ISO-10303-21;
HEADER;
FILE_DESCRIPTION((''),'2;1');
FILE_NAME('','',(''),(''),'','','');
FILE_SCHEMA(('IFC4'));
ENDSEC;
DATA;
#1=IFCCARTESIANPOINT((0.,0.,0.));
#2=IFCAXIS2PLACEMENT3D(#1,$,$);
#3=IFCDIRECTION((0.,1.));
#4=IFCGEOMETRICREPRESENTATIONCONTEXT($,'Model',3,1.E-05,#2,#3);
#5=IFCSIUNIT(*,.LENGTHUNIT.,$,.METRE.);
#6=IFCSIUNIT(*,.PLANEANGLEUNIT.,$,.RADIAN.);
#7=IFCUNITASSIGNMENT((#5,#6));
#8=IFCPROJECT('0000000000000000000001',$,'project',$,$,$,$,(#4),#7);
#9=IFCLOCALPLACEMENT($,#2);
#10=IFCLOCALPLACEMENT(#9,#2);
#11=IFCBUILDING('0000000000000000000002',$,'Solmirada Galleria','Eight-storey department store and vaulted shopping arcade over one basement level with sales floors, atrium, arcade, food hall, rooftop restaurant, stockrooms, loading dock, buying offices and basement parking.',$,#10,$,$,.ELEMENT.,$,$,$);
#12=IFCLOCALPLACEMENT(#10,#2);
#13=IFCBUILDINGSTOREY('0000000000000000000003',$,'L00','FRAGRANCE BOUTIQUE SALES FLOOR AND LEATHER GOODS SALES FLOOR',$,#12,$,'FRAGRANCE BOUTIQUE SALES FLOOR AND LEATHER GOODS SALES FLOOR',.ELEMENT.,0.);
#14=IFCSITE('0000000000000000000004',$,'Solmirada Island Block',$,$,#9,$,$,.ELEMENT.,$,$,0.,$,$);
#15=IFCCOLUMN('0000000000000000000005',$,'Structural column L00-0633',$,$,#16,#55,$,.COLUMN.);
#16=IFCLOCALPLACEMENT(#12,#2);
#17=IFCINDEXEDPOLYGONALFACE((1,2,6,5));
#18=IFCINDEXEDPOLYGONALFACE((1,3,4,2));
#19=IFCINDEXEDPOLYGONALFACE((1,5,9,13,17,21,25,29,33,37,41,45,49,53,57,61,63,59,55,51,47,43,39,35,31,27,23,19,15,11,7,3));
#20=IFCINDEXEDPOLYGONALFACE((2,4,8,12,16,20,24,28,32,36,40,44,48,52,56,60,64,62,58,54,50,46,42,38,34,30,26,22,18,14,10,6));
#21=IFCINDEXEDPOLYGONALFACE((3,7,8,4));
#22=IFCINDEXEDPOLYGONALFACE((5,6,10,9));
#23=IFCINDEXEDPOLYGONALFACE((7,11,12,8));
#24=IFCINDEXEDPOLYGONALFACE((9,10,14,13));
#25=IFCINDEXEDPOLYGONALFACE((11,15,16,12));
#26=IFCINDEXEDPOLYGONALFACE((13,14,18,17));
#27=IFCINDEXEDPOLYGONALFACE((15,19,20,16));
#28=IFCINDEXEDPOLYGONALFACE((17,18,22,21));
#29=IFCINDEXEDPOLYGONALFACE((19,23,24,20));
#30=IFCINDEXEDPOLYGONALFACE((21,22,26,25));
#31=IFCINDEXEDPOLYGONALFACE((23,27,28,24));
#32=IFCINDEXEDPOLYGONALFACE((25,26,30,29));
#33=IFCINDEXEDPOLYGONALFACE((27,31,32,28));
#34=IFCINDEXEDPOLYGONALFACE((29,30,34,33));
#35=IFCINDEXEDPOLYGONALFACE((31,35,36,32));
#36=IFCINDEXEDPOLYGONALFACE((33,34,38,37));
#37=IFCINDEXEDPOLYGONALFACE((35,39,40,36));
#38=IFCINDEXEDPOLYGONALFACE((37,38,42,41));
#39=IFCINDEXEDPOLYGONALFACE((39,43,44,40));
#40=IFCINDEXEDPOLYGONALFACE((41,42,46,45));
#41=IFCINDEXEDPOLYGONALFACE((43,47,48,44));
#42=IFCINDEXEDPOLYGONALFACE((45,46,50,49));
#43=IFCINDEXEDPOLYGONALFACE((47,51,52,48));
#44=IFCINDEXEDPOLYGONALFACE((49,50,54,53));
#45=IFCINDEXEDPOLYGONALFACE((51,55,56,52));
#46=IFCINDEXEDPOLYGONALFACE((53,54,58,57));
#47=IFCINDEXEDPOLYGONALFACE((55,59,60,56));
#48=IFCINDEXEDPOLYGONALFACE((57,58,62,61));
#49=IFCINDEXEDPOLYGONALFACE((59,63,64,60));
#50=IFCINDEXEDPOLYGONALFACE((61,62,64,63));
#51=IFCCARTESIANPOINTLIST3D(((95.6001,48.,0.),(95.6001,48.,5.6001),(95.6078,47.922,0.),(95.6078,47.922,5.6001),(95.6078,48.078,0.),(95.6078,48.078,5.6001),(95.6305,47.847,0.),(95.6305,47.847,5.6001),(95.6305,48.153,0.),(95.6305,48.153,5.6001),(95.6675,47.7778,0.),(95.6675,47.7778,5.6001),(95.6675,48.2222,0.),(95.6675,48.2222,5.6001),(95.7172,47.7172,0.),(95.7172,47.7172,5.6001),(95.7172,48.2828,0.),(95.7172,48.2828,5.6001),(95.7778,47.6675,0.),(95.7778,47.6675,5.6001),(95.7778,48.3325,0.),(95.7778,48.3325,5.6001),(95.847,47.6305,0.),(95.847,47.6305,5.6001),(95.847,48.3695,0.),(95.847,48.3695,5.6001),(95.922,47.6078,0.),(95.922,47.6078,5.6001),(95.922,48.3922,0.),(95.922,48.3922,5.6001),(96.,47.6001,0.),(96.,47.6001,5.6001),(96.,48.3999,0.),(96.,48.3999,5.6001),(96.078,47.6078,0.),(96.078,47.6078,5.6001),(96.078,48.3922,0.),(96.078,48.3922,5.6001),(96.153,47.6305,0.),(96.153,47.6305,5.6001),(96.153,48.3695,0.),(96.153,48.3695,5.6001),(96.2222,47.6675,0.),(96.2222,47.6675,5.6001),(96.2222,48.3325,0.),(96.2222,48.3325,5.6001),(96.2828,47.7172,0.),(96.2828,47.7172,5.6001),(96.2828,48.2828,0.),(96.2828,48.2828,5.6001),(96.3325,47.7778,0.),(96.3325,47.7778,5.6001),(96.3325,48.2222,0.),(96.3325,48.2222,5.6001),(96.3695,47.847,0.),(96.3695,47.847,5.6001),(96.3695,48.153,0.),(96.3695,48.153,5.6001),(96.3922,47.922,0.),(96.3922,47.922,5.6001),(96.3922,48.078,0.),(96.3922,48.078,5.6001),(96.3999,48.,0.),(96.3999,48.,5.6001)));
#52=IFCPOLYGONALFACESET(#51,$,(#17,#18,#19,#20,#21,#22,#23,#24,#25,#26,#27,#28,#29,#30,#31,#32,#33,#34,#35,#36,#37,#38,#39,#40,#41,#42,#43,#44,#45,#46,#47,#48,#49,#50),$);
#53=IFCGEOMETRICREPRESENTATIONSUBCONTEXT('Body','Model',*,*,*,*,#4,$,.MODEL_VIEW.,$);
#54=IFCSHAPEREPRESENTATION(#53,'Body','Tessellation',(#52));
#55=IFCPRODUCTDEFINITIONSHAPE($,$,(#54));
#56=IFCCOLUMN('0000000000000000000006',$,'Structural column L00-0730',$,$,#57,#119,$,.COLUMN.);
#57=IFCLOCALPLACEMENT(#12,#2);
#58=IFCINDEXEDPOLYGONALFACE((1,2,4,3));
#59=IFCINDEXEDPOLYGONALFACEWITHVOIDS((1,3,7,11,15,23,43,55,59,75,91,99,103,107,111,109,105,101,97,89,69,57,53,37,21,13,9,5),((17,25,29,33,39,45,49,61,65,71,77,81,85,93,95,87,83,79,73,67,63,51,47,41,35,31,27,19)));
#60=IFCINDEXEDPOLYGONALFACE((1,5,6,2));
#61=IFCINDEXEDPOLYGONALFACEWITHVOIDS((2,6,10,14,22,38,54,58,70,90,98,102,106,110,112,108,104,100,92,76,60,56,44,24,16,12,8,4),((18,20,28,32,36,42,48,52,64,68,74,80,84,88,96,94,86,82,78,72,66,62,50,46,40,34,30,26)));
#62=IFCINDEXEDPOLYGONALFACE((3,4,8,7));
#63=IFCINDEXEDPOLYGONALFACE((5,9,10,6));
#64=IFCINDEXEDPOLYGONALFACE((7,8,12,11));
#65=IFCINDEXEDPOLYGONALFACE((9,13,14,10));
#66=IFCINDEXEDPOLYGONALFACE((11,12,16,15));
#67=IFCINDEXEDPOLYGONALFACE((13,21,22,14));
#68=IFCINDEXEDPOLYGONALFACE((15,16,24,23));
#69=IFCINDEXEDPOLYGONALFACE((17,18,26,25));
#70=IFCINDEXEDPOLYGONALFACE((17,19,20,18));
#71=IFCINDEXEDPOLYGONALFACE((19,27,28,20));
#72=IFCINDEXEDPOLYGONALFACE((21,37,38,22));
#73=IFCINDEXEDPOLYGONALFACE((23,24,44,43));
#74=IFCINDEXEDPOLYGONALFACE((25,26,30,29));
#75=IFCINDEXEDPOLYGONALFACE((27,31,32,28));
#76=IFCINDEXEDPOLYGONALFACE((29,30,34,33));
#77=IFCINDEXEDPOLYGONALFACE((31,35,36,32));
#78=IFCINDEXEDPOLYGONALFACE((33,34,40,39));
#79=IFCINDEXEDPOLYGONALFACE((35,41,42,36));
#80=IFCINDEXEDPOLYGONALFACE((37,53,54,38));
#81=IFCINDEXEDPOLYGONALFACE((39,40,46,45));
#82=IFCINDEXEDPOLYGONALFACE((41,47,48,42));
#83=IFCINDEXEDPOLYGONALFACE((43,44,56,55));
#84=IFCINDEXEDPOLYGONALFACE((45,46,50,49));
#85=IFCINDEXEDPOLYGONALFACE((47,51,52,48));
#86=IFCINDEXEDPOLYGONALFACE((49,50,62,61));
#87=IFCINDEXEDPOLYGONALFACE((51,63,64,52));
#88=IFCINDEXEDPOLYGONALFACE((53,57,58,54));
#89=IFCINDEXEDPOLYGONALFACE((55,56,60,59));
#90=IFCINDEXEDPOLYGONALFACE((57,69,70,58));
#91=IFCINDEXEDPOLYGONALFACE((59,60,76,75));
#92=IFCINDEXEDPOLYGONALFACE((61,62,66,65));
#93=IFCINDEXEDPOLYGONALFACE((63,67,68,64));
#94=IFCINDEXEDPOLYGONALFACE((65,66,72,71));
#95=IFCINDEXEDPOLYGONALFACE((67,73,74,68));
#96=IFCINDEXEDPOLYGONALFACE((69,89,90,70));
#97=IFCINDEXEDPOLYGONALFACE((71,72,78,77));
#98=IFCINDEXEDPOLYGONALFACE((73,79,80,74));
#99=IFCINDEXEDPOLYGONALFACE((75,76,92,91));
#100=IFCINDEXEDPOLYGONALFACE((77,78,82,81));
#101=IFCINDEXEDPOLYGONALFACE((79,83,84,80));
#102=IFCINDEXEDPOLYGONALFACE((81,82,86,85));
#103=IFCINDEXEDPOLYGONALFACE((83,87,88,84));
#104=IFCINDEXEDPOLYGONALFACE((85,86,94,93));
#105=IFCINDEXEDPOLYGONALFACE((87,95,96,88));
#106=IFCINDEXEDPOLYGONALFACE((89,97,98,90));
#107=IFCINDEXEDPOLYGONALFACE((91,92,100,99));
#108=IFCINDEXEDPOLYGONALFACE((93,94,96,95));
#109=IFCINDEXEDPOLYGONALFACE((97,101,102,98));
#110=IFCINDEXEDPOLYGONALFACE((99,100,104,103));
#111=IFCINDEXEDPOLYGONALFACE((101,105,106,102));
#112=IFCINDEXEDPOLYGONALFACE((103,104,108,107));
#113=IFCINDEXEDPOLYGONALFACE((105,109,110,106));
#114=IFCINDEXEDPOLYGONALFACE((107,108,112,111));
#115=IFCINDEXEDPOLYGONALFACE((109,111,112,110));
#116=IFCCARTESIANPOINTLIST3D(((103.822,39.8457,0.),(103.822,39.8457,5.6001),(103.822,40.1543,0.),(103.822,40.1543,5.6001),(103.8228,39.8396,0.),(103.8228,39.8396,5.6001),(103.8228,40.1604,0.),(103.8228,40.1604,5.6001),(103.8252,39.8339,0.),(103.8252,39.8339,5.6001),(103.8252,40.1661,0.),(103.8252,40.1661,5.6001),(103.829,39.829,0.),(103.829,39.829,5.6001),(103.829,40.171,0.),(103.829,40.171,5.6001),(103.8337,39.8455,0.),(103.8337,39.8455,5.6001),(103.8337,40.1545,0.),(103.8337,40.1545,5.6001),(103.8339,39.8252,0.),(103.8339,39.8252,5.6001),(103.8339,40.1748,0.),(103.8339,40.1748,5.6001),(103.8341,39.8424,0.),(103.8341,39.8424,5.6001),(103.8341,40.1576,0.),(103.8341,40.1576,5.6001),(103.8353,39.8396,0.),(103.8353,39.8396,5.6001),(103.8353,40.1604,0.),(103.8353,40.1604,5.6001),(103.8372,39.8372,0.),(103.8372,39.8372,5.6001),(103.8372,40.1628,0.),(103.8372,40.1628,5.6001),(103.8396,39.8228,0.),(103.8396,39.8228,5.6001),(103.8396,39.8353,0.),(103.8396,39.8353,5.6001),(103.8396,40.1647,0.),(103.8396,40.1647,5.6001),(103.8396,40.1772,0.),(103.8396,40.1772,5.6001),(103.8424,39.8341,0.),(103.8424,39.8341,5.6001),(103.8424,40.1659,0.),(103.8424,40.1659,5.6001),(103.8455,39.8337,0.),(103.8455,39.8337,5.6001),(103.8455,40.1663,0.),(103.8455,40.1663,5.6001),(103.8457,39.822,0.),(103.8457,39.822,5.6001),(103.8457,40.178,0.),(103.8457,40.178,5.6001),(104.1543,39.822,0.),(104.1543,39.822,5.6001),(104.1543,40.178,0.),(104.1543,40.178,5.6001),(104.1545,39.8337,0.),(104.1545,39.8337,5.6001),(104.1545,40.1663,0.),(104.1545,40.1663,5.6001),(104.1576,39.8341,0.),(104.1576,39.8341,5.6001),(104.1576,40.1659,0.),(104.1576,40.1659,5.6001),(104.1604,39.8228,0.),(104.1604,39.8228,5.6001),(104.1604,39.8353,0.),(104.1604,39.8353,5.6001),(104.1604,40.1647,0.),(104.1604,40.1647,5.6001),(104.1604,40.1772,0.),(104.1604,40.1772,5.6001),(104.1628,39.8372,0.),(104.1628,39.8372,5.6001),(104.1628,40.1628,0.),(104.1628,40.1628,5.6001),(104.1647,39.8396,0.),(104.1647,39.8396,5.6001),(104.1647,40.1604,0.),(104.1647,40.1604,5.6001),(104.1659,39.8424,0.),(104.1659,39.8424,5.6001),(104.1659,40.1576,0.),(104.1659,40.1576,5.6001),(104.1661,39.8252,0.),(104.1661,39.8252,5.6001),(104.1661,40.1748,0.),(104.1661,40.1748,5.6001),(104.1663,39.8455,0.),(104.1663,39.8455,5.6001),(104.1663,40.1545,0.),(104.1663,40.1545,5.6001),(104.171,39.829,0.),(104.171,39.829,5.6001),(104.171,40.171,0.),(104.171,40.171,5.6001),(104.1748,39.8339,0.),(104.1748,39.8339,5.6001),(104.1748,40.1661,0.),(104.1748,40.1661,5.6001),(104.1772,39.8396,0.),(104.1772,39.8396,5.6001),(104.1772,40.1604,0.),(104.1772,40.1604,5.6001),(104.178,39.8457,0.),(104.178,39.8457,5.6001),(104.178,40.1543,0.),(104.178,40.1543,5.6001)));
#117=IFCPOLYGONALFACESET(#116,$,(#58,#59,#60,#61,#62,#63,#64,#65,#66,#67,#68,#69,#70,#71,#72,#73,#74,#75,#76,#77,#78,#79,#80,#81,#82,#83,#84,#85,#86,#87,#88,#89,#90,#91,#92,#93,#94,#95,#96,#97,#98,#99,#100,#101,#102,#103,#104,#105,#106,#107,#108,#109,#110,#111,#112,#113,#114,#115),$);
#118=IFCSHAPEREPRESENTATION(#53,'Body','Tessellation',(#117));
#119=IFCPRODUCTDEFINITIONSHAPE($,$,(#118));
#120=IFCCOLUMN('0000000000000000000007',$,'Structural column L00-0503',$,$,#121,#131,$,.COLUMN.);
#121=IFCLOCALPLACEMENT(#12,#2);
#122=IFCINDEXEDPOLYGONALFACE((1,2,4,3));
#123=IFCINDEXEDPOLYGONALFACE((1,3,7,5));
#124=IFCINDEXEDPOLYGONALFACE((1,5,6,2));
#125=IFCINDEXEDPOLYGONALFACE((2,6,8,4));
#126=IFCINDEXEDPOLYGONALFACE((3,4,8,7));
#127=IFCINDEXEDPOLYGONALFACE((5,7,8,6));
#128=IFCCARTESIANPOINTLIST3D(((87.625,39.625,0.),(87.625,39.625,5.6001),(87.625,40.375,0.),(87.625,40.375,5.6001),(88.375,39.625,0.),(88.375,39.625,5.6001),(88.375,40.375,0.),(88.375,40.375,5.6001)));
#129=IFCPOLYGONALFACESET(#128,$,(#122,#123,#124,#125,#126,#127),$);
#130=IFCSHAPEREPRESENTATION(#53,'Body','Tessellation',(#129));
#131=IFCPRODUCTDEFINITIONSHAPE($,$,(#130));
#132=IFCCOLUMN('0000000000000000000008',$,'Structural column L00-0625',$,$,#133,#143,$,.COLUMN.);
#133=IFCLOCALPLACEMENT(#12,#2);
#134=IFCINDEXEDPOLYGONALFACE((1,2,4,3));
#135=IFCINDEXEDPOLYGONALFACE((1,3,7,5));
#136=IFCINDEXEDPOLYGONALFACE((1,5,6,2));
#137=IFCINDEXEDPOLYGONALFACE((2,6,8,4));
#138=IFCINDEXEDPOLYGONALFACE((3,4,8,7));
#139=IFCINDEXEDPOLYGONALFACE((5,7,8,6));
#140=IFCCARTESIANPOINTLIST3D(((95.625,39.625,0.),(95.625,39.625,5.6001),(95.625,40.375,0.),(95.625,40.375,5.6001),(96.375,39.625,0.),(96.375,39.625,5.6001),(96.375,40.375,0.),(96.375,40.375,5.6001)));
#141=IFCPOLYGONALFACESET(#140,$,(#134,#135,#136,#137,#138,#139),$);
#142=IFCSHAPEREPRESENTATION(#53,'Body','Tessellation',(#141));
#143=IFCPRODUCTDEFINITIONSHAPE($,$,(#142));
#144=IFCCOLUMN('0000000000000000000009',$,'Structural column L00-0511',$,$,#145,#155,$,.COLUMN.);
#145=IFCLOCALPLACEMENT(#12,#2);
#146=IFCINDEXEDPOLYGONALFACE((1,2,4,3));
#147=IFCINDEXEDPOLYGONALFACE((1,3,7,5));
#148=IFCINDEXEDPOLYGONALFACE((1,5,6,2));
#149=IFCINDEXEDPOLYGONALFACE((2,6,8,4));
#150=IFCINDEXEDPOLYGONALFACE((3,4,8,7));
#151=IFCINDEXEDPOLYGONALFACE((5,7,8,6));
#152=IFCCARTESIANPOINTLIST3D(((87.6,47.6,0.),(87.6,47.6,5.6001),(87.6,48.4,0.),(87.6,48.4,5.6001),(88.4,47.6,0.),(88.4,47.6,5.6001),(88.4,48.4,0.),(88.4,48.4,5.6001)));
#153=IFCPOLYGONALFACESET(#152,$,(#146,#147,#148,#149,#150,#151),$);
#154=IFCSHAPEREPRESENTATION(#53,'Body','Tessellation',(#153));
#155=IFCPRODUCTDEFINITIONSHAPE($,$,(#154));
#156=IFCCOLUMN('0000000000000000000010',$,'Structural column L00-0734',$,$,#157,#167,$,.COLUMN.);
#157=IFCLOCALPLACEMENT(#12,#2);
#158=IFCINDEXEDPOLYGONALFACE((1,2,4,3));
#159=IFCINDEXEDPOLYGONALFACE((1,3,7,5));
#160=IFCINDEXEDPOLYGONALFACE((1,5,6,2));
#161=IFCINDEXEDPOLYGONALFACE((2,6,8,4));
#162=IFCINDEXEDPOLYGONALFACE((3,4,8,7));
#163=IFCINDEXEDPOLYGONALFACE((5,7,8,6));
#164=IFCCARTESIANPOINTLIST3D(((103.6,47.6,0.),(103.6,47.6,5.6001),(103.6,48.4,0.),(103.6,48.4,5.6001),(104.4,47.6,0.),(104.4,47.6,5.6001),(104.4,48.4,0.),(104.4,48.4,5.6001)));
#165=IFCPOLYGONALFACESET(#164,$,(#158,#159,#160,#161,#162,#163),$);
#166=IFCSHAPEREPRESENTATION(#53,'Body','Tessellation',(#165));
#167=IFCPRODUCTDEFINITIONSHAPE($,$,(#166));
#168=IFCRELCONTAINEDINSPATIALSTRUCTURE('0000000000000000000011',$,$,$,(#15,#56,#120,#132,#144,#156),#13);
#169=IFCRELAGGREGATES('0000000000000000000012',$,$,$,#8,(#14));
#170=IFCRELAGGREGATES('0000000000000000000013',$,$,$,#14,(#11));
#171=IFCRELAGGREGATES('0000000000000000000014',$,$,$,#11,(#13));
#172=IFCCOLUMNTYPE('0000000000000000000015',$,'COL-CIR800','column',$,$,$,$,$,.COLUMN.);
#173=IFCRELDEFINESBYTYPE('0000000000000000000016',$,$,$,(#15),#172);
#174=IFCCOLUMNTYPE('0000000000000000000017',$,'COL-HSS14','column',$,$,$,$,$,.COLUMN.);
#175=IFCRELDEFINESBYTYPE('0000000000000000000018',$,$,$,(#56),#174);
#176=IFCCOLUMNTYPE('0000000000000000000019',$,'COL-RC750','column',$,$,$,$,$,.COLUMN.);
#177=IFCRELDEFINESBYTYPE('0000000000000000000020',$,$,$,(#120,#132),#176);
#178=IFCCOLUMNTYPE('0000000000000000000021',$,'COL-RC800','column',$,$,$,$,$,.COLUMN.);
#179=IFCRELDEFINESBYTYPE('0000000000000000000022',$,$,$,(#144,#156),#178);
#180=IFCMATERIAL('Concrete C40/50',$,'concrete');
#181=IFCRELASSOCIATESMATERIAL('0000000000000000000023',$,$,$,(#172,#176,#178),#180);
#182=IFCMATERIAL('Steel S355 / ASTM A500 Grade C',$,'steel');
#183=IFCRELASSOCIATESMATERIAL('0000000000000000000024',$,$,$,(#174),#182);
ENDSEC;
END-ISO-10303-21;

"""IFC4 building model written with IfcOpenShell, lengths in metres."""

from ifc_helpers import new_model, si_unit, direction, frame, origin, origin_2d, place, context, subcontext, project, spatial, rectangle, hollow_rectangle, circle, extrude, material, material_profile, profile_set, type_object, element, save


model = new_model("IFC4")

# Units and contexts
model_context = context("Model", 3, precision=1e-05, world=origin(), true_north=direction((0.0, 1.0)))
body_context = subcontext(model_context, "Body", "Model", "MODEL_VIEW")
ifc_project = project(units=[si_unit("LENGTHUNIT", "METRE"), si_unit("PLANEANGLEUNIT", "RADIAN")], contexts=[model_context])

# Site, building, storey
site_placement = place(None, origin())
site = spatial("IfcSite", under=ifc_project, at=site_placement, Name="Solmirada Island Block", CompositionType="ELEMENT", RefElevation=0.0)
building_placement = place(site_placement, origin())
building = spatial("IfcBuilding", under=site, at=building_placement, Name="Solmirada Galleria", Description="Eight-storey department store and vaulted shopping arcade over one basement level with sales floors, atrium, arcade, food hall, rooftop restaurant, stockrooms, loading dock, buying offices and basement parking.", CompositionType="ELEMENT")
storey_placement = place(building_placement, origin())
storey = spatial("IfcBuildingStorey", under=building, at=storey_placement, Name="L00", Description="FRAGRANCE BOUTIQUE SALES FLOOR AND LEATHER GOODS SALES FLOOR", LongName="FRAGRANCE BOUTIQUE SALES FLOOR AND LEATHER GOODS SALES FLOOR", CompositionType="ELEMENT", Elevation=0.0)

# Columns
ifc_material_1 = material(Name="Steel S355 / ASTM A500 Grade C", Category="steel")
ifc_material_2 = material(Name="Concrete C40/50", Category="concrete")
ifc_material_profile_1 = material_profile(ifc_material_2, circle(Radius=0.3999, at=origin_2d()), Name="RCCOL800")
ifc_profile_set_1 = profile_set([ifc_material_profile_1], Name="Concrete C40/50")
column_type_1 = type_object("IfcColumnType", Name="COL-CIR800", Description="column", PredefinedType="COLUMN", material=ifc_profile_set_1)
column_1_placement = place(storey_placement, frame((96.0, 48.0, 0.0), z_axis=(0.0, 0.0, 1.0), x_axis=(1.0, 0.0, 0.0)))
element("IfcColumn", 1, at=column_1_placement, inside=storey, type_object=column_type_1, Name="Structural column L00-0633", PredefinedType="COLUMN", context=body_context, shape_type="SweptSolid", body=[
    extrude(circle(Radius=0.3999, at=origin_2d()), origin(), (0.0, 0.0, 1.0), 5.6001),
])
ifc_material_profile_2 = material_profile(ifc_material_1, hollow_rectangle(XDim=0.356, YDim=0.356, WallThickness=0.0117, InnerFilletRadius=0.0117, OuterFilletRadius=0.0237, at=origin_2d()), Name="HSS14X14X1/2")
ifc_profile_set_2 = profile_set([ifc_material_profile_2], Name="Steel S355 / ASTM A500 Grade C")
column_type_2 = type_object("IfcColumnType", Name="COL-HSS14", Description="column", PredefinedType="COLUMN", material=ifc_profile_set_2)
column_2_placement = place(storey_placement, frame((104.0, 40.0, 0.0), z_axis=(0.0, 0.0, 1.0), x_axis=(1.0, 0.0, 0.0)))
element("IfcColumn", 2, at=column_2_placement, inside=storey, type_object=column_type_2, Name="Structural column L00-0730", PredefinedType="COLUMN", context=body_context, shape_type="SweptSolid", body=[
    extrude(hollow_rectangle(XDim=0.356, YDim=0.356, WallThickness=0.0117, InnerFilletRadius=0.0117, OuterFilletRadius=0.0237, at=origin_2d()), origin(), (0.0, 0.0, 1.0), 5.6001),
])
ifc_material_profile_3 = material_profile(ifc_material_2, rectangle(XDim=0.75, YDim=0.75, at=origin_2d()), Name="RC750X750")
ifc_profile_set_3 = profile_set([ifc_material_profile_3], Name="Concrete C40/50")
column_type_3 = type_object("IfcColumnType", Name="COL-RC750", Description="column", PredefinedType="COLUMN", material=ifc_profile_set_3)
for number, where, z_axis, x_axis, name in (
    (3, (88.0, 40.0, 0.0), (0.0, 0.0, 1.0), (1.0, 0.0, 0.0), "Structural column L00-0503"),
    (4, (96.0, 40.0, 0.0), (0.0, 0.0, 1.0), (1.0, 0.0, 0.0), "Structural column L00-0625"),
):
    element("IfcColumn", number, at=place(storey_placement, frame(where, z_axis=z_axis, x_axis=x_axis)), inside=storey, type_object=column_type_3, Name=name, PredefinedType="COLUMN", context=body_context, shape_type="SweptSolid", body=[
        extrude(rectangle(XDim=0.75, YDim=0.75, at=origin_2d()), origin(), (0.0, 0.0, 1.0), 5.6001),
    ])
ifc_material_profile_4 = material_profile(ifc_material_2, rectangle(XDim=0.8, YDim=0.8, at=origin_2d()), Name="RC800X800")
ifc_profile_set_4 = profile_set([ifc_material_profile_4], Name="Concrete C40/50")
column_type_4 = type_object("IfcColumnType", Name="COL-RC800", Description="column", PredefinedType="COLUMN", material=ifc_profile_set_4)
for number, where, z_axis, x_axis, name in (
    (5, (88.0, 48.0, 0.0), (0.0, 0.0, 1.0), (1.0, 0.0, 0.0), "Structural column L00-0511"),
    (6, (104.0, 48.0, 0.0), (0.0, 0.0, 1.0), (1.0, 0.0, 0.0), "Structural column L00-0734"),
):
    element("IfcColumn", number, at=place(storey_placement, frame(where, z_axis=z_axis, x_axis=x_axis)), inside=storey, type_object=column_type_4, Name=name, PredefinedType="COLUMN", context=body_context, shape_type="SweptSolid", body=[
        extrude(rectangle(XDim=0.8, YDim=0.8, at=origin_2d()), origin(), (0.0, 0.0, 1.0), 5.6001),
    ])

save(model, "model.ifc")
